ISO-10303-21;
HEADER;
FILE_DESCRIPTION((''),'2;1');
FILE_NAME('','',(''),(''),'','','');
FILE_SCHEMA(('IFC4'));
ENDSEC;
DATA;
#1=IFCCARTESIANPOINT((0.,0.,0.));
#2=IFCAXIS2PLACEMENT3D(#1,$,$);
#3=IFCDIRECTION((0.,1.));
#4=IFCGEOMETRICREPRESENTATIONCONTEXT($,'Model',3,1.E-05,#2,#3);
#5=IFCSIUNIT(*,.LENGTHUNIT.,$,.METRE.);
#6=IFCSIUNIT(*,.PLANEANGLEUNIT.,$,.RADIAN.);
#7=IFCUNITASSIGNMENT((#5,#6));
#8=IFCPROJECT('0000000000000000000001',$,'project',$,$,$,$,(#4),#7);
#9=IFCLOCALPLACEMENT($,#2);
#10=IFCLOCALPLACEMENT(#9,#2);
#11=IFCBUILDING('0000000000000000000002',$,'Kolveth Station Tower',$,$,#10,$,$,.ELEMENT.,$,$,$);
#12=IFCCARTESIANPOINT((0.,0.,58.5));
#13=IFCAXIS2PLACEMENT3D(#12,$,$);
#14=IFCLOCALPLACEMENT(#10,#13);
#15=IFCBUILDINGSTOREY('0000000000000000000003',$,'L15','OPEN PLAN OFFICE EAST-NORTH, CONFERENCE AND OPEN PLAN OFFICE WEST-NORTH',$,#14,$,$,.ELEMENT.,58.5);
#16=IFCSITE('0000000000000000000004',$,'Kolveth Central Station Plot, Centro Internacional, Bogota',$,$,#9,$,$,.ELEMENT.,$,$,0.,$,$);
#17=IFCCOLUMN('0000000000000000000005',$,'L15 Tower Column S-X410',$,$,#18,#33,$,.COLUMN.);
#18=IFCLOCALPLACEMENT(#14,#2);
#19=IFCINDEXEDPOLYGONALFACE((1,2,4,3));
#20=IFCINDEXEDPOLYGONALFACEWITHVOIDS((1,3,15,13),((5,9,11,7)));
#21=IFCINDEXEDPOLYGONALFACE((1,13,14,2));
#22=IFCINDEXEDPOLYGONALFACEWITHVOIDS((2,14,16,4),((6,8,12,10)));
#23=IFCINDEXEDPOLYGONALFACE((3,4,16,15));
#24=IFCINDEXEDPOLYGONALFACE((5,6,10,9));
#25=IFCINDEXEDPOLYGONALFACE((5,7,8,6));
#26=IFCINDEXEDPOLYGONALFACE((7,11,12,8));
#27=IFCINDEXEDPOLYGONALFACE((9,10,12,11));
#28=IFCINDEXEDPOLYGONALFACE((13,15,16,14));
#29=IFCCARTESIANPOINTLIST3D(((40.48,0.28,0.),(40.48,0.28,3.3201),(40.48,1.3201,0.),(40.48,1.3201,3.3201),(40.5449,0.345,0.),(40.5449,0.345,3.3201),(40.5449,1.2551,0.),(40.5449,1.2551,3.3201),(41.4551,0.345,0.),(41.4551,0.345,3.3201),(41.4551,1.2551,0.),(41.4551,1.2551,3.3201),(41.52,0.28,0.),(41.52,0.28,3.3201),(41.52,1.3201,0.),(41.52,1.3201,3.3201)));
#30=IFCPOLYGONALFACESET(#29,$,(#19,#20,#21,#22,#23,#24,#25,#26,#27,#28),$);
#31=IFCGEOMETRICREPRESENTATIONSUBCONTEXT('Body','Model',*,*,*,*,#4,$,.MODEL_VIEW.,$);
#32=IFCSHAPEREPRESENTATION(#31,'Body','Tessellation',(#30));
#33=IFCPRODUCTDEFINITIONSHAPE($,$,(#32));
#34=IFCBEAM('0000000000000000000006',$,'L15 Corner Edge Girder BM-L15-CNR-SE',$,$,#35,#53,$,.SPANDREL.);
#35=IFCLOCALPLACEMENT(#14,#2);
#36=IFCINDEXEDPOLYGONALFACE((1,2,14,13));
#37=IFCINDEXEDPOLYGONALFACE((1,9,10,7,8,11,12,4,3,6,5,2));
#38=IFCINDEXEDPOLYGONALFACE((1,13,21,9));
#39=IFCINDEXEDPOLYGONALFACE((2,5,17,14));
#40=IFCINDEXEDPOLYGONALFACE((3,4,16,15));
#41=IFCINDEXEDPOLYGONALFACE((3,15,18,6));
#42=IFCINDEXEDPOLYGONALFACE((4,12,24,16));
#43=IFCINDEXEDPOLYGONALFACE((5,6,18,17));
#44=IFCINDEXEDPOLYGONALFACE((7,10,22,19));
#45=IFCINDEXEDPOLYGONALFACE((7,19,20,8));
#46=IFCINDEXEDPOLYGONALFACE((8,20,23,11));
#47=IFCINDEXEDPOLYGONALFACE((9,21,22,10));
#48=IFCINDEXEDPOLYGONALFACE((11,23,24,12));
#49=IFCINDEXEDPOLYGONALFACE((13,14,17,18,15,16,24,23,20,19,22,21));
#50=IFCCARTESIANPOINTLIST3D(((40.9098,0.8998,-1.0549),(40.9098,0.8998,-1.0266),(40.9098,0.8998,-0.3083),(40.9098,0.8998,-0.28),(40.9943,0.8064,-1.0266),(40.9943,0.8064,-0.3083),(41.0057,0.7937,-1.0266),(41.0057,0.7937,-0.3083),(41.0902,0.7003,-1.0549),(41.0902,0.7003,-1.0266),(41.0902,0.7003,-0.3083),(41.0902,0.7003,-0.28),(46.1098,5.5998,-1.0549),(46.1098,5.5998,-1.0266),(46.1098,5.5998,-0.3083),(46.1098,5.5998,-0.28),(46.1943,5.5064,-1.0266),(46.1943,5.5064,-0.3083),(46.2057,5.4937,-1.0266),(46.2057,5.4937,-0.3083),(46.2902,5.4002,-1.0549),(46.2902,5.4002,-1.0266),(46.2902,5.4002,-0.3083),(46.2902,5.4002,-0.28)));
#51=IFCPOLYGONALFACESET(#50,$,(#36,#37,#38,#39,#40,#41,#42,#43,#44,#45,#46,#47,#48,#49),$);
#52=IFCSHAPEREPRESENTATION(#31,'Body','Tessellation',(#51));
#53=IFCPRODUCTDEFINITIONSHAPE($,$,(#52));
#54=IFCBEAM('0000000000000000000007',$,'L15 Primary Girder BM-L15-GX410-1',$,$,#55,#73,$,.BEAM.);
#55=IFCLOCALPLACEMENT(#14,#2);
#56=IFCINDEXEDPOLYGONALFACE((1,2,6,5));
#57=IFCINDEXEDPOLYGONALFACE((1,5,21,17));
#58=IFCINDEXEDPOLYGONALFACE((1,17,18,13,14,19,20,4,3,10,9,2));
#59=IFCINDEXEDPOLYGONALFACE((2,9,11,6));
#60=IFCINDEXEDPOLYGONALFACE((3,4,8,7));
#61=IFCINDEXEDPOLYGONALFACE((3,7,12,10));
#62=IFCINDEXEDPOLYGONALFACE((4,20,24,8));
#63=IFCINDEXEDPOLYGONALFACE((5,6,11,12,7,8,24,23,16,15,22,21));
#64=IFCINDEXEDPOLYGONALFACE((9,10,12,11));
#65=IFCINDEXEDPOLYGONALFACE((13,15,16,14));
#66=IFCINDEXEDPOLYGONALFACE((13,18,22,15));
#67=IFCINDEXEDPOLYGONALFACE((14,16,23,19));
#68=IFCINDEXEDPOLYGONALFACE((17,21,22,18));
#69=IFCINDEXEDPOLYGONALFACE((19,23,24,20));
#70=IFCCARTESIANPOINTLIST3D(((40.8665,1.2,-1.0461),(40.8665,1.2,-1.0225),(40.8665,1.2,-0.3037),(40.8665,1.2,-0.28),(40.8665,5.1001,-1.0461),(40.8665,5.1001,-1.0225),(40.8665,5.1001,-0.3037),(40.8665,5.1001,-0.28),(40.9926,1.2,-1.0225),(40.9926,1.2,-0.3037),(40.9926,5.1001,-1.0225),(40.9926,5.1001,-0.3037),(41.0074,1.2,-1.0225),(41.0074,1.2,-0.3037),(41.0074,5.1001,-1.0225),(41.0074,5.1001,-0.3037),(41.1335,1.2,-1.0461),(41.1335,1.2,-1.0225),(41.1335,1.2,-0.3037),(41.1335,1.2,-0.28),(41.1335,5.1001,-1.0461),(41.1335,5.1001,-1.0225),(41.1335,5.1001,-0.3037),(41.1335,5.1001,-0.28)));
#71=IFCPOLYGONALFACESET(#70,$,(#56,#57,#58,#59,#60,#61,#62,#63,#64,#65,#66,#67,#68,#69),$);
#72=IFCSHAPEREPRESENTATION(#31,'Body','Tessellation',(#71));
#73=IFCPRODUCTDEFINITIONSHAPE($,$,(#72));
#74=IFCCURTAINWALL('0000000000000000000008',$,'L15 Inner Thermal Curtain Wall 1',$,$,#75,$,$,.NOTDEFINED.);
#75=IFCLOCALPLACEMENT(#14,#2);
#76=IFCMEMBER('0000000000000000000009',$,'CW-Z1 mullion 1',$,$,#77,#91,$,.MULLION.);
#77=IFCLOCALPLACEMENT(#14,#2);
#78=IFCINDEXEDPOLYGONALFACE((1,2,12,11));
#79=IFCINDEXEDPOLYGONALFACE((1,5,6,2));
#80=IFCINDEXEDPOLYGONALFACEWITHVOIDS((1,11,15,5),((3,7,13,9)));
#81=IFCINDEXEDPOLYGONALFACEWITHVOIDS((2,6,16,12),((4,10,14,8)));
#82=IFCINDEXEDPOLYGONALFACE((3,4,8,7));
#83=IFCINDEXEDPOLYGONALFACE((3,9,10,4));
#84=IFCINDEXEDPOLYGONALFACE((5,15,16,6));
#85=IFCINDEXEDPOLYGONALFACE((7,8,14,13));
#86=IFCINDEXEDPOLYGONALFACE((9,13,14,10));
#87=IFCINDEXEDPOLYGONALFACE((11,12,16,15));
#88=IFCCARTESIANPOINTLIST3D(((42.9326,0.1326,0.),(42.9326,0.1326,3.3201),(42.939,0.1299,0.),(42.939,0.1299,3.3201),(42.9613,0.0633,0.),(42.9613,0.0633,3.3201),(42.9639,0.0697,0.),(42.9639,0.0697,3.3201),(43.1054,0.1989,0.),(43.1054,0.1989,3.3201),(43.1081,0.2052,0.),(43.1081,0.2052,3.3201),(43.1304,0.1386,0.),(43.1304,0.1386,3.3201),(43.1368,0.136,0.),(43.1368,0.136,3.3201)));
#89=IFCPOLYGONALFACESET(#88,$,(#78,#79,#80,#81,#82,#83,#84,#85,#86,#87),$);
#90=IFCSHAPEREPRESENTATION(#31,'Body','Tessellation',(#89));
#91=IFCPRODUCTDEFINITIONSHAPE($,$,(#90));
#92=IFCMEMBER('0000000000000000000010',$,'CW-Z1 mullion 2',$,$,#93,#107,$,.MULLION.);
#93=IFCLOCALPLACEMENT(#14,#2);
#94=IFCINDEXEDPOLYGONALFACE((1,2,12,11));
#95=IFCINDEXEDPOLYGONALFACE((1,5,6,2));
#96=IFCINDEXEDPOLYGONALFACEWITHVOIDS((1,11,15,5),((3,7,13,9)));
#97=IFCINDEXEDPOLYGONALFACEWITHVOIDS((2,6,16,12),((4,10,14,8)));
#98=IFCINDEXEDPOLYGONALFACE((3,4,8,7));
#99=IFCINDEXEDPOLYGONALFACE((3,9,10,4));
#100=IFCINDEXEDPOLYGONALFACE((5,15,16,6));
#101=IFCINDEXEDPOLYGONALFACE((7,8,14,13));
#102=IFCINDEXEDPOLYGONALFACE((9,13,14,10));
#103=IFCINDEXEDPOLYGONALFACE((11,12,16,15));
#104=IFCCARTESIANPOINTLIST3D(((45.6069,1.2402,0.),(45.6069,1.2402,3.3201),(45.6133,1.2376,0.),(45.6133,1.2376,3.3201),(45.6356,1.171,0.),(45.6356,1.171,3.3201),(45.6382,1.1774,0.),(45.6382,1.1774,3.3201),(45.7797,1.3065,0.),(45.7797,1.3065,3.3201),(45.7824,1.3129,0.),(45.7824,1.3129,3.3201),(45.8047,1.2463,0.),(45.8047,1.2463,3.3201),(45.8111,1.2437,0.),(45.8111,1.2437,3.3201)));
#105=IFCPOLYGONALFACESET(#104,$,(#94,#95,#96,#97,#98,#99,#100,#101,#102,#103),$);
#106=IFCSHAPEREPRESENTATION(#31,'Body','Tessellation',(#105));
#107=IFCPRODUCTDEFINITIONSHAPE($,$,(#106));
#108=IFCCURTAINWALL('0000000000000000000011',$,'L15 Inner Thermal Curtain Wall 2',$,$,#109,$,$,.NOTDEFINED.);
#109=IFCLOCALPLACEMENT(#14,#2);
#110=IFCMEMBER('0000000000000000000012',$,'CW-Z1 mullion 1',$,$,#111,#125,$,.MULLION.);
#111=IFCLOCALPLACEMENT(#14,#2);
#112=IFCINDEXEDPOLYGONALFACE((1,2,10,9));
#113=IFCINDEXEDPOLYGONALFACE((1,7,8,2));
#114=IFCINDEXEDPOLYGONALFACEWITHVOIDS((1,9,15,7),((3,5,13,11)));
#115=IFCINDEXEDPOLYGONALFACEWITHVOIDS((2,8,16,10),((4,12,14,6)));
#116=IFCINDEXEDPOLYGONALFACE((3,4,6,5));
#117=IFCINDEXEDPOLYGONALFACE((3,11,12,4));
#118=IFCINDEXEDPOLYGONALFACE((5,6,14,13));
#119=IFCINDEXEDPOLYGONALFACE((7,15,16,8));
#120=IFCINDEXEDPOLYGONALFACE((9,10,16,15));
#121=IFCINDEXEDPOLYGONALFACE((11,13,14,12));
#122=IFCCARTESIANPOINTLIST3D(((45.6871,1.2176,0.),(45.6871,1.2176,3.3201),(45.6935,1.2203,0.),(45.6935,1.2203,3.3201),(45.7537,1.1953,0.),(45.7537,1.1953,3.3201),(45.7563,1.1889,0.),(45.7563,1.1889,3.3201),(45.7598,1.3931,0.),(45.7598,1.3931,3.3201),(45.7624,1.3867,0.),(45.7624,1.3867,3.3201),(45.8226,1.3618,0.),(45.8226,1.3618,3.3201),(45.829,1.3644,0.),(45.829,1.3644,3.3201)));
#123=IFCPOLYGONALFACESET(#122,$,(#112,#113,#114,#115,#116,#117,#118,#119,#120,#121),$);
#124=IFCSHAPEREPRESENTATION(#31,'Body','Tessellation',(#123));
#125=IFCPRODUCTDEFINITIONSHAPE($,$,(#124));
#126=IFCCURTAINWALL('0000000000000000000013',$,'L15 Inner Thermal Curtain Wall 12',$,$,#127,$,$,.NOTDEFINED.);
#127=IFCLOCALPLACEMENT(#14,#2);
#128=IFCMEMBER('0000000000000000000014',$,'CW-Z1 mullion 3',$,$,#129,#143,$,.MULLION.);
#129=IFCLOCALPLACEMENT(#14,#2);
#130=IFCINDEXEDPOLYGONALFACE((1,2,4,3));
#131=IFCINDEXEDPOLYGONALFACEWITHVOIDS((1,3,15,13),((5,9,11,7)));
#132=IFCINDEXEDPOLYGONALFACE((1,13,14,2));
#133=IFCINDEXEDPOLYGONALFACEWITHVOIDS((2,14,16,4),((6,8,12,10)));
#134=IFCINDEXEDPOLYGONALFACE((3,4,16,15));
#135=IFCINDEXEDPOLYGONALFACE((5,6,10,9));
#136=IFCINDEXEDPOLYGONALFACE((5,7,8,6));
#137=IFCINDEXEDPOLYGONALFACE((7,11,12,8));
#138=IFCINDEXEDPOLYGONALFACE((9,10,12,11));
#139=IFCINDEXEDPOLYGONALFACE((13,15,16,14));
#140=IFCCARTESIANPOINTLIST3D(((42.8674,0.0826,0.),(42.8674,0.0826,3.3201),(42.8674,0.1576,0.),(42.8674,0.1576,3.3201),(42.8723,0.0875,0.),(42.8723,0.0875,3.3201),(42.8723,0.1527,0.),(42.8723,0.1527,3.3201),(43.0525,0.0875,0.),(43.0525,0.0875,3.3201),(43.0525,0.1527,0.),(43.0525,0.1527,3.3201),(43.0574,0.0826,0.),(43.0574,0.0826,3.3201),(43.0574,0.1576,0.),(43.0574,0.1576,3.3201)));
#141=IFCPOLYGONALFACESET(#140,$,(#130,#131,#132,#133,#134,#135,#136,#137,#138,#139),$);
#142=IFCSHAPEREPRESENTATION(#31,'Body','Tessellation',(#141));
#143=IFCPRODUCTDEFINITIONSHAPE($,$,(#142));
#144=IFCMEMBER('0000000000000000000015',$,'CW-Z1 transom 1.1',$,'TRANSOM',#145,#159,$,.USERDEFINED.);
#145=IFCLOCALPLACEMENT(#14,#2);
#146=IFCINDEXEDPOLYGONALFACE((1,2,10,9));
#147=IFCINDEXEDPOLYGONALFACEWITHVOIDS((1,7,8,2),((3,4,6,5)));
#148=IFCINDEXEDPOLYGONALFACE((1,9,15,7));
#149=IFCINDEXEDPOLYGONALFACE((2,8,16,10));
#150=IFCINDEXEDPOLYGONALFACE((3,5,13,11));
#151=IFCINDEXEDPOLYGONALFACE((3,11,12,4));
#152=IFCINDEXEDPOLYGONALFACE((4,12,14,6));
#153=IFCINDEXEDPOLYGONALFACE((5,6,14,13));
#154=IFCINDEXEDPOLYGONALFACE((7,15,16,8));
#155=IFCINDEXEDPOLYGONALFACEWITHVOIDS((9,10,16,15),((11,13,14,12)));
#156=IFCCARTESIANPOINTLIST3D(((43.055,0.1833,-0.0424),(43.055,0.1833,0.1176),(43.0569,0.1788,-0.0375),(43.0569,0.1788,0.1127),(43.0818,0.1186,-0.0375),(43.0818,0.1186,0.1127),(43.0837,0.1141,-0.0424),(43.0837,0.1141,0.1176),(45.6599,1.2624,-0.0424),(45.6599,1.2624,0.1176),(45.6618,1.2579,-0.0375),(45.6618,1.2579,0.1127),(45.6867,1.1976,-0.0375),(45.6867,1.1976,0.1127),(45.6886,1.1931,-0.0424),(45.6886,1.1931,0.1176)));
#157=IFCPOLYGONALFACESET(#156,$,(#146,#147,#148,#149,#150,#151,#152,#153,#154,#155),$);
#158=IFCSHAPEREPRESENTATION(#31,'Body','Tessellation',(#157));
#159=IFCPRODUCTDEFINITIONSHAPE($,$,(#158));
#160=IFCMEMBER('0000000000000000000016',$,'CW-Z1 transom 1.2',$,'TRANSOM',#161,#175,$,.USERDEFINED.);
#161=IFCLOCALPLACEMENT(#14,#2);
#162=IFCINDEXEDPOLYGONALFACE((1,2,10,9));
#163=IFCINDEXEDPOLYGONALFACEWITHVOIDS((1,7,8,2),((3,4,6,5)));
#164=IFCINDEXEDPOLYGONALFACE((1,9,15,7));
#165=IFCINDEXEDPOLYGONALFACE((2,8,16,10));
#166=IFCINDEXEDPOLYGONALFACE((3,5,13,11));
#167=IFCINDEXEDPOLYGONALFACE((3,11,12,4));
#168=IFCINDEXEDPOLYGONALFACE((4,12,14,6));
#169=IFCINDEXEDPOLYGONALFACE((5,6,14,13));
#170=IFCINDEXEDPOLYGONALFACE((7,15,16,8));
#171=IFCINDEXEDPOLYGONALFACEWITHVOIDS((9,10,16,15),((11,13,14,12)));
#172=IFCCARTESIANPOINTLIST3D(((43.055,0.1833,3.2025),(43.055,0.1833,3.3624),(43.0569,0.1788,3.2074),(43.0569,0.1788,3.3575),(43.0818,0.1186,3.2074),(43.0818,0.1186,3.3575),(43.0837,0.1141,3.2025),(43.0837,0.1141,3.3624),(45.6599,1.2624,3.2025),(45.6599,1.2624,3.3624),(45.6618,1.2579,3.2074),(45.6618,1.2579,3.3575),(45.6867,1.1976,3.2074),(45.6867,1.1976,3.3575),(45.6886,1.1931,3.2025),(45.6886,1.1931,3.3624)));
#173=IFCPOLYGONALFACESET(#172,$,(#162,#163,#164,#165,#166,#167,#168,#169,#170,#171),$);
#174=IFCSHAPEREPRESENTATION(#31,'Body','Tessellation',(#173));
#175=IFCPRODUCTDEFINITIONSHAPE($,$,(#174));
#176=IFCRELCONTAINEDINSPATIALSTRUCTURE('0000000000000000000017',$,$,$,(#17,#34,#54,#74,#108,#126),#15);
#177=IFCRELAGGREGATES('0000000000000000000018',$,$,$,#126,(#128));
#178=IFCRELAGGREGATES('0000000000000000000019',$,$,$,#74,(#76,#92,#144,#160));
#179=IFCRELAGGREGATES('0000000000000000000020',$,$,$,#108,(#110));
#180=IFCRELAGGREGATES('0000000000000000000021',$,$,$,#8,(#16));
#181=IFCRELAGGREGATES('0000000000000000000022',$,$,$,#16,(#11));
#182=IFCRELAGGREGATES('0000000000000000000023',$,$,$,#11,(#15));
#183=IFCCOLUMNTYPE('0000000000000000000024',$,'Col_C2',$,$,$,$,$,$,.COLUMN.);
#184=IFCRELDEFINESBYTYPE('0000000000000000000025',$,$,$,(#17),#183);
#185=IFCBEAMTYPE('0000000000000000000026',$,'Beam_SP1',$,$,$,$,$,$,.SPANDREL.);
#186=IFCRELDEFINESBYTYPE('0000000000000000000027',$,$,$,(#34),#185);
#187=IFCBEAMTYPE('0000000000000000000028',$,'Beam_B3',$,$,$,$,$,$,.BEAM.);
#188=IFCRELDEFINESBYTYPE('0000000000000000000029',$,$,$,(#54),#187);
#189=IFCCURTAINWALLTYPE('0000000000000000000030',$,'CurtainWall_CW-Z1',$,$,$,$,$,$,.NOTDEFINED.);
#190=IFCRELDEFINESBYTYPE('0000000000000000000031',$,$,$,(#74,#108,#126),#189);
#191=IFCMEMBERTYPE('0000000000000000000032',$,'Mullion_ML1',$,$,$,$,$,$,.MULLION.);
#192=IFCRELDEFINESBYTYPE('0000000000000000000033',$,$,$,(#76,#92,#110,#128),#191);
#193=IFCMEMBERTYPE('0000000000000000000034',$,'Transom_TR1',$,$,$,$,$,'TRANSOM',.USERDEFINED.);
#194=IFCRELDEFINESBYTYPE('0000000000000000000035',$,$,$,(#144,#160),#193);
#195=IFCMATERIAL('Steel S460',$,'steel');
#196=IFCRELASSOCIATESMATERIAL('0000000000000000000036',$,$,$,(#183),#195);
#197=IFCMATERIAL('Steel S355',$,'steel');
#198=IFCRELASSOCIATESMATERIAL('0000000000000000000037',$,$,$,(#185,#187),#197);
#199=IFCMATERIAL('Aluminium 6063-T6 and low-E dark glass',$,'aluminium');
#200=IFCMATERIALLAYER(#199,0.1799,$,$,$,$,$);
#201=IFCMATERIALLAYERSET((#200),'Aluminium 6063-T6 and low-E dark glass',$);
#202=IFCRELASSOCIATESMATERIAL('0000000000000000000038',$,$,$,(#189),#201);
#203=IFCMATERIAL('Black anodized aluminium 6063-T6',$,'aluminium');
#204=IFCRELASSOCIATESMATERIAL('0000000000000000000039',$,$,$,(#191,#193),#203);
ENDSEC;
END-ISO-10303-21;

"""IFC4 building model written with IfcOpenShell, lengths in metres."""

from ifc_helpers import new_model, si_unit, direction, frame, origin, origin_2d, place, context, subcontext, project, spatial, hollow_rectangle, i_section, extrude, source, transform, mapped, material, layer, layer_set, material_profile, profile_set, type_object, element, aggregate, save


model = new_model("IFC4")

# Units and contexts
model_context = context("Model", 3, precision=1e-05, world=origin(), true_north=direction((0.0, 1.0)))
body_context = subcontext(model_context, "Body", "Model", "MODEL_VIEW")
ifc_project = project(units=[si_unit("LENGTHUNIT", "METRE"), si_unit("PLANEANGLEUNIT", "RADIAN")], contexts=[model_context])

# Site, building, storey
site_placement = place(None, origin())
site = spatial("IfcSite", under=ifc_project, at=site_placement, Name="Kolveth Central Station Plot, Centro Internacional, Bogota", CompositionType="ELEMENT", RefElevation=0.0)
building_placement = place(site_placement, origin())
building = spatial("IfcBuilding", under=site, at=building_placement, Name="Kolveth Station Tower", CompositionType="ELEMENT")
storey_placement = place(building_placement, frame((0.0, 0.0, 58.5)))
storey = spatial("IfcBuildingStorey", under=building, at=storey_placement, Name="L15", Description="OPEN PLAN OFFICE EAST-NORTH, CONFERENCE AND OPEN PLAN OFFICE WEST-NORTH", CompositionType="ELEMENT", Elevation=58.5)

# Column
ifc_material_1 = material(Name="Steel S460", Category="steel")
ifc_material_profile_1 = material_profile(ifc_material_1, hollow_rectangle(XDim=1.04, YDim=1.04, WallThickness=0.0649, at=origin_2d()), Name="BOX1040x1040x65")
ifc_profile_set_1 = profile_set([ifc_material_profile_1], Name="Steel S460")
column_type = type_object("IfcColumnType", Name="Col_C2", PredefinedType="COLUMN", material=ifc_profile_set_1)
shared_shape_1 = source(origin(), body_context, "Body", "SweptSolid", [
    extrude(hollow_rectangle(XDim=1.04, YDim=1.04, WallThickness=0.0649, at=origin_2d()), origin(), (0.0, 0.0, 1.0), 3.3201),
])
column_placement = place(storey_placement, frame((41.0, 0.8, 0.0), z_axis=(0.0, 0.0, 1.0), x_axis=(1.0, 0.0, 0.0)))
element("IfcColumn", 1, at=column_placement, inside=storey, type_object=column_type, Name="L15 Tower Column S-X410", PredefinedType="COLUMN", context=body_context, shape_type="MappedRepresentation", body=[
    mapped(shared_shape_1, transform((0.0, 0.0, 0.0), x_axis=(1.0, 0.0, 0.0), y_axis=(0.0, 1.0, 0.0), z_axis=(0.0, 0.0, 1.0), scale=1.0)),
])

# Beams
ifc_material_2 = material(Name="Steel S355", Category="steel")
ifc_material_profile_2 = material_profile(ifc_material_2, i_section(OverallWidth=0.269, OverallDepth=0.7749, WebThickness=0.0171, FlangeThickness=0.0283, at=origin_2d()), Name="W760x220")
ifc_profile_set_2 = profile_set([ifc_material_profile_2], Name="Steel S355")
beam_type_1 = type_object("IfcBeamType", Name="Beam_SP1", PredefinedType="SPANDREL", material=ifc_profile_set_2)
shared_shape_2 = source(origin(), body_context, "Body", "SweptSolid", [
    extrude(i_section(OverallWidth=0.269, OverallDepth=0.7749, WebThickness=0.0171, FlangeThickness=0.0283, at=origin_2d()), origin(), (0.0, 0.0, 1.0), 7.0093),
])
beam_1_placement = place(storey_placement, frame((41.0, 0.8, -0.6675), z_axis=(0.741874, 0.670539, 0.0), x_axis=(-0.670539, 0.741874, 0.0)))
element("IfcBeam", 2, at=beam_1_placement, inside=storey, type_object=beam_type_1, Name="L15 Corner Edge Girder BM-L15-CNR-SE", PredefinedType="SPANDREL", context=body_context, shape_type="MappedRepresentation", body=[
    mapped(shared_shape_2, transform((0.0, 0.0, 0.0), x_axis=(1.0, 0.0, 0.0), y_axis=(0.0, 1.0, 0.0), z_axis=(0.0, 0.0, 1.0), scale=1.0)),
])
ifc_material_profile_3 = material_profile(ifc_material_2, i_section(OverallWidth=0.2671, OverallDepth=0.7661, WebThickness=0.0149, FlangeThickness=0.0237, at=origin_2d()), Name="W760x185")
ifc_profile_set_3 = profile_set([ifc_material_profile_3], Name="Steel S355")
beam_type_2 = type_object("IfcBeamType", Name="Beam_B3", PredefinedType="BEAM", material=ifc_profile_set_3)
shared_shape_3 = source(origin(), body_context, "Body", "SweptSolid", [
    extrude(i_section(OverallWidth=0.2671, OverallDepth=0.7661, WebThickness=0.0149, FlangeThickness=0.0237, at=origin_2d()), origin(), (0.0, 0.0, 1.0), 3.9001),
])
beam_2_placement = place(storey_placement, frame((41.0, 1.2, -0.6631), z_axis=(0.0, 1.0, 0.0), x_axis=(-1.0, 0.0, 0.0)))
element("IfcBeam", 3, at=beam_2_placement, inside=storey, type_object=beam_type_2, Name="L15 Primary Girder BM-L15-GX410-1", PredefinedType="BEAM", context=body_context, shape_type="MappedRepresentation", body=[
    mapped(shared_shape_3, transform((0.0, 0.0, 0.0), x_axis=(1.0, 0.0, 0.0), y_axis=(0.0, 1.0, 0.0), z_axis=(0.0, 0.0, 1.0), scale=1.0)),
])

# Curtain wall, members
ifc_material_3 = material(Name="Aluminium 6063-T6 and low-E dark glass", Category="aluminium")
ifc_layer_1 = layer(ifc_material_3, 0.1799)
ifc_layer_set_1 = layer_set([ifc_layer_1], Name="Aluminium 6063-T6 and low-E dark glass")
curtain_wall_type_1 = type_object("IfcCurtainWallType", Name="CurtainWall_CW-Z1", PredefinedType="NOTDEFINED", material=ifc_layer_set_1)
curtain_wall_1_placement = place(storey_placement, origin())
curtain_wall_1 = element("IfcCurtainWall", 4, at=curtain_wall_1_placement, inside=storey, type_object=curtain_wall_type_1, Name="L15 Inner Thermal Curtain Wall 1", PredefinedType="NOTDEFINED")
ifc_material_4 = material(Name="Black anodized aluminium 6063-T6", Category="aluminium")
ifc_material_profile_4 = material_profile(ifc_material_4, hollow_rectangle(XDim=0.075, YDim=0.1899, WallThickness=0.0049, at=origin_2d()), Name="ALU-75x190x5")
ifc_profile_set_4 = profile_set([ifc_material_profile_4], Name="Black anodized aluminium 6063-T6")
member_type_1 = type_object("IfcMemberType", Name="Mullion_ML1", PredefinedType="MULLION", material=ifc_profile_set_4)
shared_shape_4 = source(origin(), body_context, "Body", "SweptSolid", [
    extrude(hollow_rectangle(XDim=0.075, YDim=0.1899, WallThickness=0.0049, at=origin_2d()), origin(), (0.0, 0.0, 1.0), 3.3201),
])
member_1_placement = place(storey_placement, frame((43.0347, 0.1343, 0.0), z_axis=(0.0, 0.0, 1.0), x_axis=(-0.382673, 0.923884, 0.0)))
member_1 = element("IfcMember", 5, at=member_1_placement, type_object=member_type_1, Name="CW-Z1 mullion 1", PredefinedType="MULLION", context=body_context, shape_type="MappedRepresentation", body=[
    mapped(shared_shape_4, transform((0.0, 0.0, 0.0), x_axis=(1.0, 0.0, 0.0), y_axis=(0.0, 1.0, 0.0), z_axis=(0.0, 0.0, 1.0), scale=1.0)),
])
member_2_placement = place(storey_placement, frame((45.709, 1.2419, 0.0), z_axis=(0.0, 0.0, 1.0), x_axis=(-0.382673, 0.923884, 0.0)))
member_2 = element("IfcMember", 6, at=member_2_placement, type_object=member_type_1, Name="CW-Z1 mullion 2", PredefinedType="MULLION", context=body_context, shape_type="MappedRepresentation", body=[
    mapped(shared_shape_4, transform((0.0, 0.0, 0.0), x_axis=(1.0, 0.0, 0.0), y_axis=(0.0, 1.0, 0.0), z_axis=(0.0, 0.0, 1.0), scale=1.0)),
])

# Curtain walls, members
curtain_wall_2_placement = place(storey_placement, origin())
curtain_wall_2 = element("IfcCurtainWall", 7, at=curtain_wall_2_placement, inside=storey, type_object=curtain_wall_type_1, Name="L15 Inner Thermal Curtain Wall 2", PredefinedType="NOTDEFINED")
member_3_placement = place(storey_placement, frame((45.7581, 1.291, 0.0), z_axis=(0.0, 0.0, 1.0), x_axis=(-0.923884, 0.382673, 0.0)))
member_3 = element("IfcMember", 8, at=member_3_placement, type_object=member_type_1, Name="CW-Z1 mullion 1", PredefinedType="MULLION", context=body_context, shape_type="MappedRepresentation", body=[
    mapped(shared_shape_4, transform((0.0, 0.0, 0.0), x_axis=(1.0, 0.0, 0.0), y_axis=(0.0, 1.0, 0.0), z_axis=(0.0, 0.0, 1.0), scale=1.0)),
])
curtain_wall_3_placement = place(storey_placement, origin())
curtain_wall_3 = element("IfcCurtainWall", 9, at=curtain_wall_3_placement, inside=storey, type_object=curtain_wall_type_1, Name="L15 Inner Thermal Curtain Wall 12", PredefinedType="NOTDEFINED")
member_4_placement = place(storey_placement, frame((42.9624, 0.1201, 0.0), z_axis=(0.0, 0.0, 1.0), x_axis=(0.0, 1.0, 0.0)))
member_4 = element("IfcMember", 10, at=member_4_placement, type_object=member_type_1, Name="CW-Z1 mullion 3", PredefinedType="MULLION", context=body_context, shape_type="MappedRepresentation", body=[
    mapped(shared_shape_4, transform((0.0, 0.0, 0.0), x_axis=(1.0, 0.0, 0.0), y_axis=(0.0, 1.0, 0.0), z_axis=(0.0, 0.0, 1.0), scale=1.0)),
])
aggregate(curtain_wall_3, [member_4])

# Members
ifc_material_profile_5 = material_profile(ifc_material_4, hollow_rectangle(XDim=0.075, YDim=0.1599, WallThickness=0.0049, at=origin_2d()), Name="ALU-75x160x5")
ifc_profile_set_5 = profile_set([ifc_material_profile_5], Name="Black anodized aluminium 6063-T6")
member_type_2 = type_object("IfcMemberType", Name="Transom_TR1", ElementType="TRANSOM", PredefinedType="USERDEFINED", material=ifc_profile_set_5)
shared_shape_5 = source(origin(), body_context, "Body", "SweptSolid", [
    extrude(hollow_rectangle(XDim=0.075, YDim=0.1599, WallThickness=0.0049, at=origin_2d()), origin(), (0.0, 0.0, 1.0), 2.8196),
])
member_5_placement = place(storey_placement, frame((43.0693, 0.1487, 0.0376), z_axis=(0.923869, 0.382709, 0.0), x_axis=(-0.382709, 0.923869, 0.0)))
member_5 = element("IfcMember", 11, at=member_5_placement, type_object=member_type_2, Name="CW-Z1 transom 1.1", ObjectType="TRANSOM", PredefinedType="USERDEFINED", context=body_context, shape_type="MappedRepresentation", body=[
    mapped(shared_shape_5, transform((0.0, 0.0, 0.0), x_axis=(1.0, 0.0, 0.0), y_axis=(0.0, 1.0, 0.0), z_axis=(0.0, 0.0, 1.0), scale=1.0)),
])
member_6_placement = place(storey_placement, frame((43.0693, 0.1487, 3.2825), z_axis=(0.923869, 0.382709, 0.0), x_axis=(-0.382709, 0.923869, 0.0)))
member_6 = element("IfcMember", 12, at=member_6_placement, type_object=member_type_2, Name="CW-Z1 transom 1.2", ObjectType="TRANSOM", PredefinedType="USERDEFINED", context=body_context, shape_type="MappedRepresentation", body=[
    mapped(shared_shape_5, transform((0.0, 0.0, 0.0), x_axis=(1.0, 0.0, 0.0), y_axis=(0.0, 1.0, 0.0), z_axis=(0.0, 0.0, 1.0), scale=1.0)),
])

aggregate(curtain_wall_1, [member_1, member_2, member_5, member_6])
aggregate(curtain_wall_2, [member_3])

save(model, "model.ifc")
